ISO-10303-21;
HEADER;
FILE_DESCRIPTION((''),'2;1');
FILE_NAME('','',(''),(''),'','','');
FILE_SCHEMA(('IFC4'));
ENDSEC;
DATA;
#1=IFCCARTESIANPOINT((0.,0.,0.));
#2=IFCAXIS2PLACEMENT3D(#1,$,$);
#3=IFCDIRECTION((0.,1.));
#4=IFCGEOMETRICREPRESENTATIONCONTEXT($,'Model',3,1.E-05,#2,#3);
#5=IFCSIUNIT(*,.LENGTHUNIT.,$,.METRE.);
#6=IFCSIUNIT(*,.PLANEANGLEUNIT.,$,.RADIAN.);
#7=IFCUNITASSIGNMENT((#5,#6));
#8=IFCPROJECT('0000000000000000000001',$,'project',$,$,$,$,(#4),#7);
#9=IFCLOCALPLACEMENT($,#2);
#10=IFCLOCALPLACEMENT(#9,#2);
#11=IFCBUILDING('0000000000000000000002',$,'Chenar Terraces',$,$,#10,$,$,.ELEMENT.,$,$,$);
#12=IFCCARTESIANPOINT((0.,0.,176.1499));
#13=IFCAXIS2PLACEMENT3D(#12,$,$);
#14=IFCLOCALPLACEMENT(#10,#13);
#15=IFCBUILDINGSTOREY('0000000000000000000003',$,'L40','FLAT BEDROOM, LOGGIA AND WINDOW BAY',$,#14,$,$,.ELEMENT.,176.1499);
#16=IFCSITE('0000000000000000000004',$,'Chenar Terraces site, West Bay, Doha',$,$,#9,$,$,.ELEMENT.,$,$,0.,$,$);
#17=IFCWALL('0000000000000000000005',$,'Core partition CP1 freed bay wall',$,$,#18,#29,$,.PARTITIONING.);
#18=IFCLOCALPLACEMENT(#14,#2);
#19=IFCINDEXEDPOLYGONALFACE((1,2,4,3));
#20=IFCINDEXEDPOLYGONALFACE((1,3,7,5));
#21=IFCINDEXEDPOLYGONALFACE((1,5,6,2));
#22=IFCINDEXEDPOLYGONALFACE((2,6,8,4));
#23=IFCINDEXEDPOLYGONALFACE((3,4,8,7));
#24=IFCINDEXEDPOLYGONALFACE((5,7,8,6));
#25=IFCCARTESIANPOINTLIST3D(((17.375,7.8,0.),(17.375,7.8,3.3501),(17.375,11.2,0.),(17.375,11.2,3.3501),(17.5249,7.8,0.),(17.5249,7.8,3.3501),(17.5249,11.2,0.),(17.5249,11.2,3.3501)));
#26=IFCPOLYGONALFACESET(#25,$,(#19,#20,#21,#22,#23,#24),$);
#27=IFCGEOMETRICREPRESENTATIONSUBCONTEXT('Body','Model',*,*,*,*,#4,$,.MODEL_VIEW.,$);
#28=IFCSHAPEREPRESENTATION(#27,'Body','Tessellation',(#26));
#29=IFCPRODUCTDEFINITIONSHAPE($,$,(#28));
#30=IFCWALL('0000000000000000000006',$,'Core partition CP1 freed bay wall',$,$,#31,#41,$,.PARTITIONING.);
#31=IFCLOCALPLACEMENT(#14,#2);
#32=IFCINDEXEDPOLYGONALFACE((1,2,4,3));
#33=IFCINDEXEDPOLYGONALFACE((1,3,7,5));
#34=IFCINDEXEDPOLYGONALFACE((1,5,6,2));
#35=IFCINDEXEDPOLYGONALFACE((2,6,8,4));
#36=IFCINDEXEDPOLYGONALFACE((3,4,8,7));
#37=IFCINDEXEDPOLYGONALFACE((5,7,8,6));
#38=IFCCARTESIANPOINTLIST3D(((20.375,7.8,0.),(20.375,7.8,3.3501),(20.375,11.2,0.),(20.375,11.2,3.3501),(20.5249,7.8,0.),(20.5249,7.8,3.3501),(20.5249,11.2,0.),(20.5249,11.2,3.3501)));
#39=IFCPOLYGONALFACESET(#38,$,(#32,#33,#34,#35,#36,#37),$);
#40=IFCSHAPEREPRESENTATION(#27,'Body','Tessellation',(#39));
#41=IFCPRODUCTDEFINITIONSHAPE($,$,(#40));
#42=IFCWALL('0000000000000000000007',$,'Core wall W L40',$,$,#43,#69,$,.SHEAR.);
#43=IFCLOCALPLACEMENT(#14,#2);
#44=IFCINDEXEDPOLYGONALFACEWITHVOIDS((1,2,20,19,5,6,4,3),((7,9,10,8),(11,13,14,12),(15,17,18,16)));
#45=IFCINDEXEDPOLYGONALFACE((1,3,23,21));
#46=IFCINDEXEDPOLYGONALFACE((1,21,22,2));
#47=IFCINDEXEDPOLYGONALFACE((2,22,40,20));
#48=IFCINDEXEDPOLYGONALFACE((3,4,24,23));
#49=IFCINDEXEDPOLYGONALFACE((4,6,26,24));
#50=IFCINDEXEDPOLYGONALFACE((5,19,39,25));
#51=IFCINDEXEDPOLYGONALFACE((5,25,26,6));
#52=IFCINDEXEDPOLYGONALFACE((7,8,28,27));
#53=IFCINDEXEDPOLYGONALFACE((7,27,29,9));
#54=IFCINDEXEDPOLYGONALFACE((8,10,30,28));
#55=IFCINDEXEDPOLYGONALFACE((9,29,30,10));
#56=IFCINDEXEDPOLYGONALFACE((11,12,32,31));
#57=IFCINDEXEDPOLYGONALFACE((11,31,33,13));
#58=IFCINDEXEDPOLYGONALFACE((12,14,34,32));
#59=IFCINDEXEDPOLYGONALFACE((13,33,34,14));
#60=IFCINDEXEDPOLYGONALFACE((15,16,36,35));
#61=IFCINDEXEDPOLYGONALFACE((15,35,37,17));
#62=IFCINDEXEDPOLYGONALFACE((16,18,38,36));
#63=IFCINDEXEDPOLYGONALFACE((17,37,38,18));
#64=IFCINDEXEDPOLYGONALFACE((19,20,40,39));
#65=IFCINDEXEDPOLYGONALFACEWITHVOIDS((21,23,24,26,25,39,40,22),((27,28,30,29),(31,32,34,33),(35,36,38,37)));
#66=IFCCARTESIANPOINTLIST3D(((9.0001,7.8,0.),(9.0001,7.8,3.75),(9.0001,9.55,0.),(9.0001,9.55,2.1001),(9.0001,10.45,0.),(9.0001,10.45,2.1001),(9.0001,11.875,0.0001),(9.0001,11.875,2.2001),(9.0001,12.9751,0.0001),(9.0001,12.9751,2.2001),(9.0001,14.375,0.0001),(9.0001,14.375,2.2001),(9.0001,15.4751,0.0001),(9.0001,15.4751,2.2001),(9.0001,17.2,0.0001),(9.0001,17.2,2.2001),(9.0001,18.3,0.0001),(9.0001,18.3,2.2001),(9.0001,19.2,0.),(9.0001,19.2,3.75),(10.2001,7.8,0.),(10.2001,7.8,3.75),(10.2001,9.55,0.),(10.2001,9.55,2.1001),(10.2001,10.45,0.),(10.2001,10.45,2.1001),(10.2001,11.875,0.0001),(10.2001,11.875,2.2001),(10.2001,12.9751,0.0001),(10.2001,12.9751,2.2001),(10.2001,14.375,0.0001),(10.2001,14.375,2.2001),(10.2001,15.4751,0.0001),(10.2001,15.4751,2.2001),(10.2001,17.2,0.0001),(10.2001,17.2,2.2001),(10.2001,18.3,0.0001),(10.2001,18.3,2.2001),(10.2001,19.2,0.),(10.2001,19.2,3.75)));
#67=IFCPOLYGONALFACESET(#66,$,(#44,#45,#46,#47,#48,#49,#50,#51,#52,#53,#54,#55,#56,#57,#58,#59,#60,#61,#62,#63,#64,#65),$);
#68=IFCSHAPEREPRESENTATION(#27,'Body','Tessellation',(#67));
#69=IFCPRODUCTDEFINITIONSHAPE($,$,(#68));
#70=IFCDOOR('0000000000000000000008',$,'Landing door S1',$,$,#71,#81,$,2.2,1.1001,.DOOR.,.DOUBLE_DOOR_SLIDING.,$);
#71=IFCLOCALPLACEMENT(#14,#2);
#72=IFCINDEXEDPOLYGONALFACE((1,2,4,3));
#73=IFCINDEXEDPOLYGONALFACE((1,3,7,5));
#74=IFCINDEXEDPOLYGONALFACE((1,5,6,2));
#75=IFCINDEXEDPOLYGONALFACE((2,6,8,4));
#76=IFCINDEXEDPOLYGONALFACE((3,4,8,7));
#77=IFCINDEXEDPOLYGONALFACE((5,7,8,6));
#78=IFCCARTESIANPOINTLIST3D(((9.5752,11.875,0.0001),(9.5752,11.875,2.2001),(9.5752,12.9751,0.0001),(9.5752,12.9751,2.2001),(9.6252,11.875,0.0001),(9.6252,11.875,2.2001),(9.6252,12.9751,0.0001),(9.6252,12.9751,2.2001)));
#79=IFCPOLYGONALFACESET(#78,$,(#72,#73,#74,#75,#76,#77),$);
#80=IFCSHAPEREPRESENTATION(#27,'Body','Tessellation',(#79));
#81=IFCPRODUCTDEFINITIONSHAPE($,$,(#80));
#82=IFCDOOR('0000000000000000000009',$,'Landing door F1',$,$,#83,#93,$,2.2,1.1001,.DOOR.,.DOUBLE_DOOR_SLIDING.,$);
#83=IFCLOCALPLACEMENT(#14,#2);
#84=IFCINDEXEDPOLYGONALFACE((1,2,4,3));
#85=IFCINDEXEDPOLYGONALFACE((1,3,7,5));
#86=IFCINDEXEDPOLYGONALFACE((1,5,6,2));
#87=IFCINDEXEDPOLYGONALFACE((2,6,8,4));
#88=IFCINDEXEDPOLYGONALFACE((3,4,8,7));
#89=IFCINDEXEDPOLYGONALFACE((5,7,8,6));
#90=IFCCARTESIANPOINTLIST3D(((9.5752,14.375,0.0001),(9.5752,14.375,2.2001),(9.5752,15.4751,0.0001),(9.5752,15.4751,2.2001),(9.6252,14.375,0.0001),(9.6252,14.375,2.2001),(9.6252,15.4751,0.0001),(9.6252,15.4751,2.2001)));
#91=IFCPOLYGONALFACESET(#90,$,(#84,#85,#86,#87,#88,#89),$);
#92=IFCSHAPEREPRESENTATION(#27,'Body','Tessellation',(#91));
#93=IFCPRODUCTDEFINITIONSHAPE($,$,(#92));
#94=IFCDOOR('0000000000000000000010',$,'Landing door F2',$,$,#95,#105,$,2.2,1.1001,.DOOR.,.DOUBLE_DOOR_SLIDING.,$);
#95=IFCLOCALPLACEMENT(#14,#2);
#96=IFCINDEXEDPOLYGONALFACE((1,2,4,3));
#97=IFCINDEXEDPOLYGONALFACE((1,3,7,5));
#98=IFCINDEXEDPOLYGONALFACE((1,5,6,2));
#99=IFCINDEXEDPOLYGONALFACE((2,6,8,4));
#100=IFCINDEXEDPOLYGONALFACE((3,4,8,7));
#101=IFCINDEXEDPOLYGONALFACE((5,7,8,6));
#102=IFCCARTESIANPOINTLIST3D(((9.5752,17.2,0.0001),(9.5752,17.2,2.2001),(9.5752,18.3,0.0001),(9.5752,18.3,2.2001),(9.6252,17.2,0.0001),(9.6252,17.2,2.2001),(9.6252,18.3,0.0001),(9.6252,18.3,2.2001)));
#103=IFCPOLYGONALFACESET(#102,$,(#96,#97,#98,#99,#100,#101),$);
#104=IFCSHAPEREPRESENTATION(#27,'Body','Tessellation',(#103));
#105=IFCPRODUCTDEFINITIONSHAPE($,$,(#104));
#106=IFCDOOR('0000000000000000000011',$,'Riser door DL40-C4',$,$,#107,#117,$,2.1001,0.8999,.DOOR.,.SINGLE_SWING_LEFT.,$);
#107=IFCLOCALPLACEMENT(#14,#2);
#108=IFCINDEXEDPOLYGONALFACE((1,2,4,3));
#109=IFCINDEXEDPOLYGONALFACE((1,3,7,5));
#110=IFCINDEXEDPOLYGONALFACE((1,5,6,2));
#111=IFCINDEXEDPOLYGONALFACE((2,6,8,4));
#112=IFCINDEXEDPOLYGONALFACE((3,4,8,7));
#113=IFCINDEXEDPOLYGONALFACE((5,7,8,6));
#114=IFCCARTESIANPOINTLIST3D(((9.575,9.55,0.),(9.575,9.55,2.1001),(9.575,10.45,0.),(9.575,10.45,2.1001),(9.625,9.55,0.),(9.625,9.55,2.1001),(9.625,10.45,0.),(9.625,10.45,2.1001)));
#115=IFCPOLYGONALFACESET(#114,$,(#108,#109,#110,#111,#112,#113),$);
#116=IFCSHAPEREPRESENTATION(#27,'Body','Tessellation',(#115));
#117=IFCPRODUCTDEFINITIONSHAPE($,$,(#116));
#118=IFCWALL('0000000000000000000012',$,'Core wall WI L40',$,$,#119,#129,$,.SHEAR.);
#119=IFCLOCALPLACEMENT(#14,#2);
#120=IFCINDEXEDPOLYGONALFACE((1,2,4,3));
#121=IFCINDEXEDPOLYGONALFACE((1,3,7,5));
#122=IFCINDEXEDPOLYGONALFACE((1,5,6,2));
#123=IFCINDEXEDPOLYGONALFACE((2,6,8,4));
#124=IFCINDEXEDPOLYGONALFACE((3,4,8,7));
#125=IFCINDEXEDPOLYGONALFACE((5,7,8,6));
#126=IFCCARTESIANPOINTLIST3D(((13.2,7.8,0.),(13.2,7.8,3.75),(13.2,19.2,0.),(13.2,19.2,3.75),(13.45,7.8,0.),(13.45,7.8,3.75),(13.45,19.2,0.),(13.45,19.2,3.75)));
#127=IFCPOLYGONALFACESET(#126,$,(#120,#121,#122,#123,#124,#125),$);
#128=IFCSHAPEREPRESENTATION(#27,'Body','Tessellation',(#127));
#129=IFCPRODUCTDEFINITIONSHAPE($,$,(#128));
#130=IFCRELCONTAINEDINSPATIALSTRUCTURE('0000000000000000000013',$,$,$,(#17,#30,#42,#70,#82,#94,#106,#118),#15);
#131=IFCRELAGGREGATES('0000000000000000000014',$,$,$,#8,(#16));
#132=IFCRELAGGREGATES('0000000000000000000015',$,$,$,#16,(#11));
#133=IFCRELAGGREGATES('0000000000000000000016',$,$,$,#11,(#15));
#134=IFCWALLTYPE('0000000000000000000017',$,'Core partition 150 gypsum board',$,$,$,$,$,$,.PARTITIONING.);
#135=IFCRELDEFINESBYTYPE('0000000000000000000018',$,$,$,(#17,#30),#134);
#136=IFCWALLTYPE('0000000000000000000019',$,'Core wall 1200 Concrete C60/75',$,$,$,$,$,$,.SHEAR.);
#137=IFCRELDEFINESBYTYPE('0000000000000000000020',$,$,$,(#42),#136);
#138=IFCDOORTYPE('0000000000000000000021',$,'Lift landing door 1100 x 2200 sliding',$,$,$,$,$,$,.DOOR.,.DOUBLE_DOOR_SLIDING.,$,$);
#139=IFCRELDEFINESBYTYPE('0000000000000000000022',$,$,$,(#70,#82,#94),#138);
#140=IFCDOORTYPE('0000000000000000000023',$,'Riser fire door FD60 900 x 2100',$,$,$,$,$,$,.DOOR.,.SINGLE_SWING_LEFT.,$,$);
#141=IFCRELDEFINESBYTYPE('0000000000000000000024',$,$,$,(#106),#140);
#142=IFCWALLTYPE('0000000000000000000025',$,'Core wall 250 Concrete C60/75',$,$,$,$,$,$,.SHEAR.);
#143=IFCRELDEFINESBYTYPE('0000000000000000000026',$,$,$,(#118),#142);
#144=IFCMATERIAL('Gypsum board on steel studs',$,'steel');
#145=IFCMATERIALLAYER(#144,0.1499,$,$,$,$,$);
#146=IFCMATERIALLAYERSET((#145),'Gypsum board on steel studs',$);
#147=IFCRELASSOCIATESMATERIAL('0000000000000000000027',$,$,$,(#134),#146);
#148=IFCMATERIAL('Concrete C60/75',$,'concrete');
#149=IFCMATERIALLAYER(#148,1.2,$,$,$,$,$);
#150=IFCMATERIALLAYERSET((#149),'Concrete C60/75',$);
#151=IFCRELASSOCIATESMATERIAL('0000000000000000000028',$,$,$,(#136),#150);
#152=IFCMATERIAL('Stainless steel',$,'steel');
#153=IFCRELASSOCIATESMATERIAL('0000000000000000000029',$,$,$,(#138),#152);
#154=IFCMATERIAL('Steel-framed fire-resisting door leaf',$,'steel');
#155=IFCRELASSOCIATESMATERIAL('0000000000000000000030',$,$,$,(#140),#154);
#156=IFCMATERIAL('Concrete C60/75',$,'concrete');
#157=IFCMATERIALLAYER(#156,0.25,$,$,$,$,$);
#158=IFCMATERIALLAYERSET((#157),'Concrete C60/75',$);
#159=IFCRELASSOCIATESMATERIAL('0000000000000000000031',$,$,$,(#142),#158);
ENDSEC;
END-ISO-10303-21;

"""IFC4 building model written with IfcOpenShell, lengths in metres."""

from ifc_helpers import new_model, si_unit, direction, frame, frame_2d, origin, place, context, subcontext, project, spatial, rectangle, extrude, material, layer, layer_set, type_object, element, fill, save


model = new_model("IFC4")

# Units and contexts
model_context = context("Model", 3, precision=1e-05, world=origin(), true_north=direction((0.0, 1.0)))
body_context = subcontext(model_context, "Body", "Model", "MODEL_VIEW")
ifc_project = project(units=[si_unit("LENGTHUNIT", "METRE"), si_unit("PLANEANGLEUNIT", "RADIAN")], contexts=[model_context])

# Site, building, storey
site_placement = place(None, origin())
site = spatial("IfcSite", under=ifc_project, at=site_placement, Name="Chenar Terraces site, West Bay, Doha", CompositionType="ELEMENT", RefElevation=0.0)
building_placement = place(site_placement, origin())
building = spatial("IfcBuilding", under=site, at=building_placement, Name="Chenar Terraces", CompositionType="ELEMENT")
storey_placement = place(building_placement, frame((0.0, 0.0, 176.1499)))
storey = spatial("IfcBuildingStorey", under=building, at=storey_placement, Name="L40", Description="FLAT BEDROOM, LOGGIA AND WINDOW BAY", CompositionType="ELEMENT", Elevation=176.1499)

# Walls
ifc_material_1 = material(Name="Gypsum board on steel studs", Category="steel")
ifc_layer_1 = layer(ifc_material_1, 0.1499)
ifc_layer_set_1 = layer_set([ifc_layer_1], Name="Gypsum board on steel studs")
wall_type_1 = type_object("IfcWallType", Name="Core partition 150 gypsum board", PredefinedType="PARTITIONING", material=ifc_layer_set_1)
for number, where, z_axis, x_axis, name in (
    (1, (17.45, 7.8, 0.0), (0.0, 0.0, 1.0), (0.0, 1.0, 0.0), "Core partition CP1 freed bay wall"),
    (2, (20.45, 7.8, 0.0), (0.0, 0.0, 1.0), (0.0, 1.0, 0.0), "Core partition CP1 freed bay wall"),
):
    element("IfcWall", number, at=place(storey_placement, frame(where, z_axis=z_axis, x_axis=x_axis)), inside=storey, type_object=wall_type_1, Name=name, PredefinedType="PARTITIONING", context=body_context, shape_type="SweptSolid", body=[
        extrude(rectangle(XDim=3.3999, YDim=0.1499, at=frame_2d((1.7, 0.0))), origin(), (0.0, 0.0, 1.0), 3.3501),
    ])

# Wall, openings, doors
ifc_material_2 = material(Name="Concrete C60/75", Category="concrete")
ifc_layer_2 = layer(ifc_material_2, 1.2)
ifc_layer_set_2 = layer_set([ifc_layer_2], Name="Concrete C60/75")
wall_type_2 = type_object("IfcWallType", Name="Core wall 1200 Concrete C60/75", PredefinedType="SHEAR", material=ifc_layer_set_2)
wall_1_placement = place(storey_placement, frame((9.6001, 7.8, 0.0), z_axis=(0.0, 0.0, 1.0), x_axis=(0.0, 1.0, 0.0)))
wall_1 = element("IfcWall", 3, at=wall_1_placement, inside=storey, type_object=wall_type_2, Name="Core wall W L40", PredefinedType="SHEAR", context=body_context, shape_type="SweptSolid", body=[
    extrude(rectangle(XDim=11.3999, YDim=1.2, at=frame_2d((5.7, 0.0))), origin(), (0.0, 0.0, 1.0), 3.75),
])
opening_1_placement = place(wall_1_placement, frame((4.075, 0.0, 0.0)))
opening_1 = element("IfcOpeningElement", 4, at=opening_1_placement, cuts=wall_1, PredefinedType="OPENING", context=body_context, shape_type="SweptSolid", body=[
    extrude(rectangle(XDim=1.1001, YDim=2.2, at=frame_2d((0.55, 1.1001))), frame((0.0, 0.6099, 0.0), z_axis=(0.0, -1.0, 0.0), x_axis=(1.0, 0.0, 0.0)), (0.0, 0.0, 1.0), 1.22),
])
opening_2_placement = place(wall_1_placement, frame((6.575, 0.0, 0.0)))
opening_2 = element("IfcOpeningElement", 5, at=opening_2_placement, cuts=wall_1, PredefinedType="OPENING", context=body_context, shape_type="SweptSolid", body=[
    extrude(rectangle(XDim=1.1001, YDim=2.2, at=frame_2d((0.55, 1.1001))), frame((0.0, 0.6099, 0.0), z_axis=(0.0, -1.0, 0.0), x_axis=(1.0, 0.0, 0.0)), (0.0, 0.0, 1.0), 1.22),
])
opening_3_placement = place(wall_1_placement, frame((9.3999, 0.0, 0.0)))
opening_3 = element("IfcOpeningElement", 6, at=opening_3_placement, cuts=wall_1, PredefinedType="OPENING", context=body_context, shape_type="SweptSolid", body=[
    extrude(rectangle(XDim=1.1001, YDim=2.2, at=frame_2d((0.55, 1.1001))), frame((0.0, 0.6099, 0.0), z_axis=(0.0, -1.0, 0.0), x_axis=(1.0, 0.0, 0.0)), (0.0, 0.0, 1.0), 1.22),
])
opening_4_placement = place(wall_1_placement, frame((1.75, 0.0, 0.0)))
opening_4 = element("IfcOpeningElement", 7, at=opening_4_placement, cuts=wall_1, PredefinedType="OPENING", context=body_context, shape_type="SweptSolid", body=[
    extrude(rectangle(XDim=0.8999, YDim=2.1001, at=frame_2d((0.45, 1.05))), frame((0.0, 0.6099, 0.0), z_axis=(0.0, -1.0, 0.0), x_axis=(1.0, 0.0, 0.0)), (0.0, 0.0, 1.0), 1.22),
])
ifc_material_3 = material(Name="Stainless steel", Category="steel")
door_type_1 = type_object("IfcDoorType", Name="Lift landing door 1100 x 2200 sliding", OperationType="DOUBLE_DOOR_SLIDING", PredefinedType="DOOR", material=ifc_material_3)
door_1_placement = place(opening_1_placement, origin())
door_1 = element("IfcDoor", 8, at=door_1_placement, inside=storey, type_object=door_type_1, Name="Landing door S1", OperationType="DOUBLE_DOOR_SLIDING", OverallHeight=2.2, OverallWidth=1.1001, PredefinedType="DOOR", context=body_context, shape_type="SweptSolid", body=[
    extrude(rectangle(XDim=1.1001, YDim=2.2, at=frame_2d((0.55, 1.1001))), frame((0.0, 0.0249, 0.0), z_axis=(0.0, -1.0, 0.0), x_axis=(1.0, 0.0, 0.0)), (0.0, 0.0, 1.0), 0.05),
])
fill(opening_1, door_1)
door_2_placement = place(opening_2_placement, origin())
door_2 = element("IfcDoor", 9, at=door_2_placement, inside=storey, type_object=door_type_1, Name="Landing door F1", OperationType="DOUBLE_DOOR_SLIDING", OverallHeight=2.2, OverallWidth=1.1001, PredefinedType="DOOR", context=body_context, shape_type="SweptSolid", body=[
    extrude(rectangle(XDim=1.1001, YDim=2.2, at=frame_2d((0.55, 1.1001))), frame((0.0, 0.0249, 0.0), z_axis=(0.0, -1.0, 0.0), x_axis=(1.0, 0.0, 0.0)), (0.0, 0.0, 1.0), 0.05),
])
fill(opening_2, door_2)
door_3_placement = place(opening_3_placement, origin())
door_3 = element("IfcDoor", 10, at=door_3_placement, inside=storey, type_object=door_type_1, Name="Landing door F2", OperationType="DOUBLE_DOOR_SLIDING", OverallHeight=2.2, OverallWidth=1.1001, PredefinedType="DOOR", context=body_context, shape_type="SweptSolid", body=[
    extrude(rectangle(XDim=1.1001, YDim=2.2, at=frame_2d((0.55, 1.1001))), frame((0.0, 0.0249, 0.0), z_axis=(0.0, -1.0, 0.0), x_axis=(1.0, 0.0, 0.0)), (0.0, 0.0, 1.0), 0.05),
])
fill(opening_3, door_3)
ifc_material_4 = material(Name="Steel-framed fire-resisting door leaf", Category="steel")
door_type_2 = type_object("IfcDoorType", Name="Riser fire door FD60 900 x 2100", OperationType="SINGLE_SWING_LEFT", PredefinedType="DOOR", material=ifc_material_4)
door_4_placement = place(opening_4_placement, frame((0.8999, 0.0, 0.0), z_axis=(0.0, 0.0, 1.0), x_axis=(-1.0, 0.0, 0.0)))
door_4 = element("IfcDoor", 11, at=door_4_placement, inside=storey, type_object=door_type_2, Name="Riser door DL40-C4", OperationType="SINGLE_SWING_LEFT", OverallHeight=2.1001, OverallWidth=0.8999, PredefinedType="DOOR", context=body_context, shape_type="SweptSolid", body=[
    extrude(rectangle(XDim=0.8999, YDim=2.1001, at=frame_2d((0.45, 1.05))), frame((0.0, 0.0249, 0.0), z_axis=(0.0, -1.0, 0.0), x_axis=(1.0, 0.0, 0.0)), (0.0, 0.0, 1.0), 0.05),
])
fill(opening_4, door_4)

# Wall
ifc_material_5 = material(Name="Concrete C60/75", Category="concrete")
ifc_layer_3 = layer(ifc_material_5, 0.25)
ifc_layer_set_3 = layer_set([ifc_layer_3], Name="Concrete C60/75")
wall_type_3 = type_object("IfcWallType", Name="Core wall 250 Concrete C60/75", PredefinedType="SHEAR", material=ifc_layer_set_3)
wall_2_placement = place(storey_placement, frame((13.325, 7.8, 0.0), z_axis=(0.0, 0.0, 1.0), x_axis=(0.0, 1.0, 0.0)))
element("IfcWall", 12, at=wall_2_placement, inside=storey, type_object=wall_type_3, Name="Core wall WI L40", PredefinedType="SHEAR", context=body_context, shape_type="SweptSolid", body=[
    extrude(rectangle(XDim=11.3999, YDim=0.25, at=frame_2d((5.7, 0.0))), origin(), (0.0, 0.0, 1.0), 3.75),
])

save(model, "model.ifc")
